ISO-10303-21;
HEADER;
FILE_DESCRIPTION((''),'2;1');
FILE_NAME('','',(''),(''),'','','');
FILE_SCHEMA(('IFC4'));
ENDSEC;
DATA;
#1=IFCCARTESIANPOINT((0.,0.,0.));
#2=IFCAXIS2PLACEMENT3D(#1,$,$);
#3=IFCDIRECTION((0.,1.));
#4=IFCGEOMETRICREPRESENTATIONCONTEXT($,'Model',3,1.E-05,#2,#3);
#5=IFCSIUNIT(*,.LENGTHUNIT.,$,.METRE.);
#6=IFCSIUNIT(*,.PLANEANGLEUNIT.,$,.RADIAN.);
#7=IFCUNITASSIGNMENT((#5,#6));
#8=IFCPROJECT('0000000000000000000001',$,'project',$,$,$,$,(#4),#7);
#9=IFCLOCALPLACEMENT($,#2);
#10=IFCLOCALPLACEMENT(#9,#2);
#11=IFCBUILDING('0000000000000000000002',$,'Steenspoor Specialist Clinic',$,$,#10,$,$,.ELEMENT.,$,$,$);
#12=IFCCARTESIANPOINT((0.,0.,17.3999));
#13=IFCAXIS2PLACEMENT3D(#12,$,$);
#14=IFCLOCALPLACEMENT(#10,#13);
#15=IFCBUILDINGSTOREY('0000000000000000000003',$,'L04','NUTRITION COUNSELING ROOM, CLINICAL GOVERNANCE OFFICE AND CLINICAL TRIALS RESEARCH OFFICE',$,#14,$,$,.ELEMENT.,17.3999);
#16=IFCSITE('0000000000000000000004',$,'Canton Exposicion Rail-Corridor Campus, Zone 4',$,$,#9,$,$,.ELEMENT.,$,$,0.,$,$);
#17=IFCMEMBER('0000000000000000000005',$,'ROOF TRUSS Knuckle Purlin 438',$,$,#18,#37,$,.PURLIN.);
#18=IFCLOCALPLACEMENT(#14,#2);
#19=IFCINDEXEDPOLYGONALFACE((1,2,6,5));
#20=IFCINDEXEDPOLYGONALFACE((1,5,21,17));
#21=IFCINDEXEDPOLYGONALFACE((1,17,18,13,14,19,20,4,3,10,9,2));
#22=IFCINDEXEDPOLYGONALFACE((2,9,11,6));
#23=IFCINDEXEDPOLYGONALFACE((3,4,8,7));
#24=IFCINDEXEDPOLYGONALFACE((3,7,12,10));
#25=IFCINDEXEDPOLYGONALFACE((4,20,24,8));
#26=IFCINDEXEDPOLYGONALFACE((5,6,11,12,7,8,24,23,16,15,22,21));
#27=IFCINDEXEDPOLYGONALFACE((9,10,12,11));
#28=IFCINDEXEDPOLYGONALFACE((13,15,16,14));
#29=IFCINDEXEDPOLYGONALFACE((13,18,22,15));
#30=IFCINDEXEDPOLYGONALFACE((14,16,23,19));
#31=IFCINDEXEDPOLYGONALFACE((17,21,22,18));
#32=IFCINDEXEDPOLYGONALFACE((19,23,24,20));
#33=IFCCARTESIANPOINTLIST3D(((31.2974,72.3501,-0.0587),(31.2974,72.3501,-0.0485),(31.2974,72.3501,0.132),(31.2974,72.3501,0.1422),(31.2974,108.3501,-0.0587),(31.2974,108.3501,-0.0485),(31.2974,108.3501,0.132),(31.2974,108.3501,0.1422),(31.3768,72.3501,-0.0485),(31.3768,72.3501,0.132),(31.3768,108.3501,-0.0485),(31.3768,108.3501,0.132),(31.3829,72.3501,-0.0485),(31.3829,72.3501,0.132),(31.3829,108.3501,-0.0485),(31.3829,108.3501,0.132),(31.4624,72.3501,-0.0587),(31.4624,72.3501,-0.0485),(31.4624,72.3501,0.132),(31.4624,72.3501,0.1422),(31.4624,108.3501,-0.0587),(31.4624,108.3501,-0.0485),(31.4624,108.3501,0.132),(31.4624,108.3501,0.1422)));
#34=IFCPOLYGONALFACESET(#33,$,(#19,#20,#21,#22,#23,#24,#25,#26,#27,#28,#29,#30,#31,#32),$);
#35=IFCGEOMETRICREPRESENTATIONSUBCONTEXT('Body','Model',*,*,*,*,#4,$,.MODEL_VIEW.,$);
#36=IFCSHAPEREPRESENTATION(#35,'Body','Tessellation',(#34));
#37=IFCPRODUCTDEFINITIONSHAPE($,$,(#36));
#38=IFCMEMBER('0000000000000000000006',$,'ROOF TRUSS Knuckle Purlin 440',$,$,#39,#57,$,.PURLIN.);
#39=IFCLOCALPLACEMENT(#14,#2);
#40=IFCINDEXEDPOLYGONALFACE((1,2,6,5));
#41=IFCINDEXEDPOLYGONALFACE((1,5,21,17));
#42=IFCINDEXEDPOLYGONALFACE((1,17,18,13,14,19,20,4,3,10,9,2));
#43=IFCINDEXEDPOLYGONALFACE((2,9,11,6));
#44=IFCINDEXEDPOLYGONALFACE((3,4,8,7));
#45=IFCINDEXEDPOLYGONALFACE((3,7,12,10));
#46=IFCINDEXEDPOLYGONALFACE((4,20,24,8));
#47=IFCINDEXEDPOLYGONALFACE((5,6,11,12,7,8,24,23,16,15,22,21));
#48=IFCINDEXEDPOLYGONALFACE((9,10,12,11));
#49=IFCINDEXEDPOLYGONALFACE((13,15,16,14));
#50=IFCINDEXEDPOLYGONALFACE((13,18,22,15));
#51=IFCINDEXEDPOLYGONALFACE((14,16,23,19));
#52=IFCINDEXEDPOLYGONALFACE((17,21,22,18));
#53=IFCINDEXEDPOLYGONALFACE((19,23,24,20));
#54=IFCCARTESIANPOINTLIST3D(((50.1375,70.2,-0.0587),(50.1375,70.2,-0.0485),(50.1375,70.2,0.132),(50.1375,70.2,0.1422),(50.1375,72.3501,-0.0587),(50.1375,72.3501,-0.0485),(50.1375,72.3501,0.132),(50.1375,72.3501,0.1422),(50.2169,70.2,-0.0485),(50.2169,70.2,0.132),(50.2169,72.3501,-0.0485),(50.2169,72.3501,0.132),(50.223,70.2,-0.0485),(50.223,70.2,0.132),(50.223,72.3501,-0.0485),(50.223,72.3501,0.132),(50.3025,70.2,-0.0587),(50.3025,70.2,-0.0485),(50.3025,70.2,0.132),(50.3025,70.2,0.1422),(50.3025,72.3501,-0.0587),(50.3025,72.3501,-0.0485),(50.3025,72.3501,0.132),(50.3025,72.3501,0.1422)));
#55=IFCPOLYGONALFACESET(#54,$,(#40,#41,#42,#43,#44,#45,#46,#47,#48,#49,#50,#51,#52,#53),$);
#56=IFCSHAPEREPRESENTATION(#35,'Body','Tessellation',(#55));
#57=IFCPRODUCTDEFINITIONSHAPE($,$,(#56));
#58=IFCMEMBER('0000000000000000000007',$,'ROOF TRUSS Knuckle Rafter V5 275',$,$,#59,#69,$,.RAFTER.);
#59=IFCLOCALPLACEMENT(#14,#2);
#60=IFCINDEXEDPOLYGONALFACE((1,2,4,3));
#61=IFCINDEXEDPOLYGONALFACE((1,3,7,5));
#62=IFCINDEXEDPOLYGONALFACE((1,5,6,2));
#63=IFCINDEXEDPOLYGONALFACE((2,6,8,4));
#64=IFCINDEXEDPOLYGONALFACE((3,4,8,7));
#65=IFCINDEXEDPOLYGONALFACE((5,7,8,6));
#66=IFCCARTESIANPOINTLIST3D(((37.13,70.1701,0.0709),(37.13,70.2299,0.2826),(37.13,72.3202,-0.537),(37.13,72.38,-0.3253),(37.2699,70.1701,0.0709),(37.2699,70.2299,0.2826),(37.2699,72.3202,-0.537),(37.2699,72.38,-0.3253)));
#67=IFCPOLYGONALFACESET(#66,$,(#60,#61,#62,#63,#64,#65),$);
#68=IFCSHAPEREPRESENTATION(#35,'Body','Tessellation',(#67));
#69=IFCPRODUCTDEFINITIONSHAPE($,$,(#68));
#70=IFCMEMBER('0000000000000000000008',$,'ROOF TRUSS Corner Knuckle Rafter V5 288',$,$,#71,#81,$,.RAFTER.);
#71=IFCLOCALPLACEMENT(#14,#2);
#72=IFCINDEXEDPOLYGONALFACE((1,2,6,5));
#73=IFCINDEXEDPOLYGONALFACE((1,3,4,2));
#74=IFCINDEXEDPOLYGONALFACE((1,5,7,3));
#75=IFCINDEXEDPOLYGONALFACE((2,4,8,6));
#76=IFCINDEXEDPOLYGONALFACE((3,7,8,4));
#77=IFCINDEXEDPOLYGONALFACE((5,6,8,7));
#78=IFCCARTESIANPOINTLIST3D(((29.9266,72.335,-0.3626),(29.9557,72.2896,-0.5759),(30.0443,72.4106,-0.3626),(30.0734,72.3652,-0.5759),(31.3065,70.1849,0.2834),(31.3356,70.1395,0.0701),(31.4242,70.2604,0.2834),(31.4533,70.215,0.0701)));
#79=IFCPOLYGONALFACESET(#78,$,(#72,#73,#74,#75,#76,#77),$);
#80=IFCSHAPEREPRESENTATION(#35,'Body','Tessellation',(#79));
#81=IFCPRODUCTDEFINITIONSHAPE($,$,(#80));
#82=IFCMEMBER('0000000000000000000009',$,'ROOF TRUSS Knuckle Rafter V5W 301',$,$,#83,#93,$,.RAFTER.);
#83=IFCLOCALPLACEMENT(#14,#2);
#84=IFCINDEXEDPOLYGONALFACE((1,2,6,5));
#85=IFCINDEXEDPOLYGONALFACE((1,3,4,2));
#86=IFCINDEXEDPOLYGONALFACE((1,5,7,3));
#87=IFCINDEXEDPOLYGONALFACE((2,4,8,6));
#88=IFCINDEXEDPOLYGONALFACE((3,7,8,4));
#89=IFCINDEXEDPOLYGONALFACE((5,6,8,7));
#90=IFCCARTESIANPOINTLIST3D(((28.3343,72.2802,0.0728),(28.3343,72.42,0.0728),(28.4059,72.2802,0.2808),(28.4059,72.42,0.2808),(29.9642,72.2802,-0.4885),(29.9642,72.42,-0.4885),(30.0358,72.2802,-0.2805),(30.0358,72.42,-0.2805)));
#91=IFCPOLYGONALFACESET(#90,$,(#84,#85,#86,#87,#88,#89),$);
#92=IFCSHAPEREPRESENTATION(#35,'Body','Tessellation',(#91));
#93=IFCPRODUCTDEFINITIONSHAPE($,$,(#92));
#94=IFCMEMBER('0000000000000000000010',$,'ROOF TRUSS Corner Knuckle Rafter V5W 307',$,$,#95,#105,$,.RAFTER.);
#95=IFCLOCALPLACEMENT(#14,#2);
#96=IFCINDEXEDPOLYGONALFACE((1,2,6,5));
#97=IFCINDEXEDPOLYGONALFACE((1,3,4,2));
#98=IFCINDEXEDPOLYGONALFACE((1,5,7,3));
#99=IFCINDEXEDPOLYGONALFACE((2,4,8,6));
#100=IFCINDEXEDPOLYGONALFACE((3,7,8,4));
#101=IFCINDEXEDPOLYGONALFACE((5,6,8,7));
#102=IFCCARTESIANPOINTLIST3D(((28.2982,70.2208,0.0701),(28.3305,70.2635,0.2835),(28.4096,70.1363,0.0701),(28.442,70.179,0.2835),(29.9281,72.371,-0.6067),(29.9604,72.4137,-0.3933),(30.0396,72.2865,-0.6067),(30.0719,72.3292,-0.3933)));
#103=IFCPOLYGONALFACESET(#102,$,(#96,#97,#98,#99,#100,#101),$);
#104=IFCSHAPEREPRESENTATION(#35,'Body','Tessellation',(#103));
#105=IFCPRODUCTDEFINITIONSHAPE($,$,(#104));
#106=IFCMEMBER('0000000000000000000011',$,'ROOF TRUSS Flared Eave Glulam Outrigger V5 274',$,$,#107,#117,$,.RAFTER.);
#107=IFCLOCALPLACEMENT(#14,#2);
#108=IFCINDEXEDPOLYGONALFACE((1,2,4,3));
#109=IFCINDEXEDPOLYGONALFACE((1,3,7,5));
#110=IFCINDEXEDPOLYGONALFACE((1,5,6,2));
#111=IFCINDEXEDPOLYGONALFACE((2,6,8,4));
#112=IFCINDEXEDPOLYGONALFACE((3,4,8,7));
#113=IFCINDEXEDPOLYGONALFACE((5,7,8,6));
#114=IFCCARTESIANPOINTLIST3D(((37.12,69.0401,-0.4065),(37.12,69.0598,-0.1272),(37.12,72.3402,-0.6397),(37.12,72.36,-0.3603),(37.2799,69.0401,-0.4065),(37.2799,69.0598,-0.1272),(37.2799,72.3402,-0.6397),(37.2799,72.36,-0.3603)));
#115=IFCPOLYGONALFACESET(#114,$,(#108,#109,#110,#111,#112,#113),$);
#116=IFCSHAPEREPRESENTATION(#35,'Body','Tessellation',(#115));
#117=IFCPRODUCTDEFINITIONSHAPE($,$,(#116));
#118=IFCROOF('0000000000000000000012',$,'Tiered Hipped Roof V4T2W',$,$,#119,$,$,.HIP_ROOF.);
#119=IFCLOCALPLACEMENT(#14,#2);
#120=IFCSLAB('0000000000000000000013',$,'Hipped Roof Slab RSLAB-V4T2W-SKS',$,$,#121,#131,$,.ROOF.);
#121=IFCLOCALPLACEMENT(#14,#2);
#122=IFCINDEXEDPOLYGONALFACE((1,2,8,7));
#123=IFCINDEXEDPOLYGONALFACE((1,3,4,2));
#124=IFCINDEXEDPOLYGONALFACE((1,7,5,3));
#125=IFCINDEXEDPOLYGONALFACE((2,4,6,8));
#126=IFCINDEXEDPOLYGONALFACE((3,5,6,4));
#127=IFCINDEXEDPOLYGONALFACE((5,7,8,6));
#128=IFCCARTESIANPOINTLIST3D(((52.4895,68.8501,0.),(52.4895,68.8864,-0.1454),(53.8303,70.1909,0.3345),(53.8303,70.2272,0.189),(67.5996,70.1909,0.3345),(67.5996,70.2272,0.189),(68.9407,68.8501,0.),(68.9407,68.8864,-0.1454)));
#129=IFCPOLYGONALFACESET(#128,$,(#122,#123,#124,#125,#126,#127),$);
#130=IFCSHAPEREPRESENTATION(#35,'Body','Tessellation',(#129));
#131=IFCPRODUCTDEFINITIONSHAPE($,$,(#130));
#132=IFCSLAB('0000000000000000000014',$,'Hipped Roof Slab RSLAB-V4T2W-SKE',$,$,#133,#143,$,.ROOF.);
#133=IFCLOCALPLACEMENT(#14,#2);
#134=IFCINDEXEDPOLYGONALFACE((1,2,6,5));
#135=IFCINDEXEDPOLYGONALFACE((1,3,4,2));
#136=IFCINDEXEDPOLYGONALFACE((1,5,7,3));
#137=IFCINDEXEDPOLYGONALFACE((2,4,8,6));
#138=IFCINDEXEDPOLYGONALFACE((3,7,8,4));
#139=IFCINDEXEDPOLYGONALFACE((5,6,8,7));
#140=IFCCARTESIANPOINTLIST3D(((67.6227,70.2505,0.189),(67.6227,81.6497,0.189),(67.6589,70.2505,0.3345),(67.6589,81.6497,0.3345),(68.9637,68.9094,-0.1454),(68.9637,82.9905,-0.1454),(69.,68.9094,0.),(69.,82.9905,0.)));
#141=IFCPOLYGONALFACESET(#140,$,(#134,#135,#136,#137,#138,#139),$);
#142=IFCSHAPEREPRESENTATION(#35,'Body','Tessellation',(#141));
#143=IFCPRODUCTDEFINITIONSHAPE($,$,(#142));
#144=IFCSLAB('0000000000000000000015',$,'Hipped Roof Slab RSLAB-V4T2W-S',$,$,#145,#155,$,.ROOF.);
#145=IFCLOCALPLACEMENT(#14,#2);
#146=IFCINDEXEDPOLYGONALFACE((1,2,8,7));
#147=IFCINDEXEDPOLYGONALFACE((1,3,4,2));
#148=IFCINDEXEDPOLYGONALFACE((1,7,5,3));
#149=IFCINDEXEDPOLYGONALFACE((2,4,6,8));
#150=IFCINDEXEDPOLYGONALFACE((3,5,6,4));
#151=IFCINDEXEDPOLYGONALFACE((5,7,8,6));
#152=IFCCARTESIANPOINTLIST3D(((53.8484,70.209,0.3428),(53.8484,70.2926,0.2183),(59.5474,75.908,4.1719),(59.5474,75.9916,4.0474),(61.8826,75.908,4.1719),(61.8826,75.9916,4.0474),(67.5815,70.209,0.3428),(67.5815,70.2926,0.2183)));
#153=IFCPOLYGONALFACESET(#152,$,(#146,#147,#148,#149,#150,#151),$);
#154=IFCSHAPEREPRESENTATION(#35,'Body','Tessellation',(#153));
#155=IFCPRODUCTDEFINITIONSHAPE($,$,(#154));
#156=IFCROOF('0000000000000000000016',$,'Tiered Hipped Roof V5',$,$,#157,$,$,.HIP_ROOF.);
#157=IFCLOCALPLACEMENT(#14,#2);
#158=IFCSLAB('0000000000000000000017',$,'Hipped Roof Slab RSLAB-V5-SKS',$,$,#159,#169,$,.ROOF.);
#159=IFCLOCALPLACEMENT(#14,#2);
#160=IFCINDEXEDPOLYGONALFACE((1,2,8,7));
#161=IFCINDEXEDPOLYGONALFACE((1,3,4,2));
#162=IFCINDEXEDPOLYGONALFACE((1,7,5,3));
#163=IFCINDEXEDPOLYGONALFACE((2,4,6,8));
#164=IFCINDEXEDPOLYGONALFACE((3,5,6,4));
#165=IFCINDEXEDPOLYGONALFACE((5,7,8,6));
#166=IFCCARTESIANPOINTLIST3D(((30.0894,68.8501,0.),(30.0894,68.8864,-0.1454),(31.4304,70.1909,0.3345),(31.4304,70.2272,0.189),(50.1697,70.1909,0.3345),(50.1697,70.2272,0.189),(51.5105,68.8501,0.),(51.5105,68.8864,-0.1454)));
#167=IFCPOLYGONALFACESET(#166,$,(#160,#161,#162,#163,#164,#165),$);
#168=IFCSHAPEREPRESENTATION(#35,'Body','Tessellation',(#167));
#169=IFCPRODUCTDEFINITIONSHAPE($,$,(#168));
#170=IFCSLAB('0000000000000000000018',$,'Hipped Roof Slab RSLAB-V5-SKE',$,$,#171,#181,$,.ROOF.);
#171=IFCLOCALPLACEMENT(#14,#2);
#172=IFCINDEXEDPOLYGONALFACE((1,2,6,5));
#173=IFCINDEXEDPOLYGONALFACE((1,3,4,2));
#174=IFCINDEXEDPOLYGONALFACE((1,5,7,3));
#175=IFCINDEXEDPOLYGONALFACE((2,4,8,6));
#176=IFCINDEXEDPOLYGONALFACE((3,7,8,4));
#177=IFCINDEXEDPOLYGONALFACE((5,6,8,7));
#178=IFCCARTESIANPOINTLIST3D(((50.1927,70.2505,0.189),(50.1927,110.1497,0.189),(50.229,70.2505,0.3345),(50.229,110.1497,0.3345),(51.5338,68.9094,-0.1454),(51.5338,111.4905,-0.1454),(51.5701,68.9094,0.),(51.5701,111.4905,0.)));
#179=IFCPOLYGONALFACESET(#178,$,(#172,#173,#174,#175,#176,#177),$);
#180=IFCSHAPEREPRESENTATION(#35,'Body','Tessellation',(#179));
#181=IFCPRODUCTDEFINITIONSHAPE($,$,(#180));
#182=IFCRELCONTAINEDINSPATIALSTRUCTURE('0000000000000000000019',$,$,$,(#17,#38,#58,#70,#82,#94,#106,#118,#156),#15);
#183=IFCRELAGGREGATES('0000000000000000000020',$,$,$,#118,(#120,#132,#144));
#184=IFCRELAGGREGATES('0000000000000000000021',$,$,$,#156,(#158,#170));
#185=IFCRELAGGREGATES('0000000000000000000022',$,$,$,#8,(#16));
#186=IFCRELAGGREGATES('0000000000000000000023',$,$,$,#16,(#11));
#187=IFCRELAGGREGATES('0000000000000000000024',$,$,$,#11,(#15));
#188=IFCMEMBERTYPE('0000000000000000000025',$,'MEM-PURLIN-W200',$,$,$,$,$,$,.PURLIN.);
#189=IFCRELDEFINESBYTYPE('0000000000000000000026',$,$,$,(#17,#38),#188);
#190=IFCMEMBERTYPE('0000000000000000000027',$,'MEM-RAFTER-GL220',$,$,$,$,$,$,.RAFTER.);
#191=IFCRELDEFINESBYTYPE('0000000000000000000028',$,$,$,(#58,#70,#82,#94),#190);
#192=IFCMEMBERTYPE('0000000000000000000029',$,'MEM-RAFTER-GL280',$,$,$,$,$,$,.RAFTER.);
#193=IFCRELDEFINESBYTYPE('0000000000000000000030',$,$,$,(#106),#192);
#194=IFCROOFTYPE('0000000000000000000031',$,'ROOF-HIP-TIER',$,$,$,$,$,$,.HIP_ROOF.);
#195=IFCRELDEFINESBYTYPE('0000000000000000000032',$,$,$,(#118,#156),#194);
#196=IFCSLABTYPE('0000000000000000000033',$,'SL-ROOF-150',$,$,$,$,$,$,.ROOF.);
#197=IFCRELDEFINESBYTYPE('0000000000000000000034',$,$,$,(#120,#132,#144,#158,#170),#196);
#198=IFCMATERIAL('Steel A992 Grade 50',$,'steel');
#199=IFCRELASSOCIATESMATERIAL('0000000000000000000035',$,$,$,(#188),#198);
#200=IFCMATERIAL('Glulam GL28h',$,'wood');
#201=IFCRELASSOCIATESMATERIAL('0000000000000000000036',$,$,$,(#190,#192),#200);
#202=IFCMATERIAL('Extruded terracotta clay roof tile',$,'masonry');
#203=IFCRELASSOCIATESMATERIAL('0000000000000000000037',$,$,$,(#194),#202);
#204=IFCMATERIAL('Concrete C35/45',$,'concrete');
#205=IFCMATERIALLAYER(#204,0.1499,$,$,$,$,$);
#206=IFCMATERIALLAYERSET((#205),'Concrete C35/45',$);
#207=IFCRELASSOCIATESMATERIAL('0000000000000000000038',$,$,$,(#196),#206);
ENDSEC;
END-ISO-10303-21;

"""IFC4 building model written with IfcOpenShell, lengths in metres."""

from ifc_helpers import new_model, si_unit, direction, frame, origin, origin_2d, place, context, subcontext, project, spatial, polyline, rectangle, i_section, outline, extrude, material, layer, layer_set, material_profile, profile_set, type_object, element, aggregate, save


model = new_model("IFC4")

# Units and contexts
model_context = context("Model", 3, precision=1e-05, world=origin(), true_north=direction((0.0, 1.0)))
body_context = subcontext(model_context, "Body", "Model", "MODEL_VIEW")
ifc_project = project(units=[si_unit("LENGTHUNIT", "METRE"), si_unit("PLANEANGLEUNIT", "RADIAN")], contexts=[model_context])

# Site, building, storey
site_placement = place(None, origin())
site = spatial("IfcSite", under=ifc_project, at=site_placement, Name="Canton Exposicion Rail-Corridor Campus, Zone 4", CompositionType="ELEMENT", RefElevation=0.0)
building_placement = place(site_placement, origin())
building = spatial("IfcBuilding", under=site, at=building_placement, Name="Steenspoor Specialist Clinic", CompositionType="ELEMENT")
storey_placement = place(building_placement, frame((0.0, 0.0, 17.3999)))
storey = spatial("IfcBuildingStorey", under=building, at=storey_placement, Name="L04", Description="NUTRITION COUNSELING ROOM, CLINICAL GOVERNANCE OFFICE AND CLINICAL TRIALS RESEARCH OFFICE", CompositionType="ELEMENT", Elevation=17.3999)

# Members
ifc_material_1 = material(Name="Steel A992 Grade 50", Category="steel")
ifc_material_profile_1 = material_profile(ifc_material_1, i_section(OverallWidth=0.165, OverallDepth=0.2009, WebThickness=0.0061, FlangeThickness=0.0103, at=origin_2d()), Name="W200X36")
ifc_profile_set_1 = profile_set([ifc_material_profile_1], Name="Steel A992 Grade 50")
member_type_1 = type_object("IfcMemberType", Name="MEM-PURLIN-W200", PredefinedType="PURLIN", material=ifc_profile_set_1)
member_1_placement = place(storey_placement, frame((31.3799, 72.3501, 0.0417), z_axis=(0.0, 1.0, 0.0), x_axis=(-1.0, 0.0, 0.0)))
element("IfcMember", 1, at=member_1_placement, inside=storey, type_object=member_type_1, Name="ROOF TRUSS Knuckle Purlin 438", PredefinedType="PURLIN", context=body_context, shape_type="SweptSolid", body=[
    extrude(i_section(OverallWidth=0.165, OverallDepth=0.2009, WebThickness=0.0061, FlangeThickness=0.0103, at=origin_2d()), origin(), (0.0, 0.0, 1.0), 36.0),
])
member_2_placement = place(storey_placement, frame((50.22, 70.2, 0.0417), z_axis=(0.0, 1.0, 0.0), x_axis=(-1.0, 0.0, 0.0)))
element("IfcMember", 2, at=member_2_placement, inside=storey, type_object=member_type_1, Name="ROOF TRUSS Knuckle Purlin 440", PredefinedType="PURLIN", context=body_context, shape_type="SweptSolid", body=[
    extrude(i_section(OverallWidth=0.165, OverallDepth=0.2009, WebThickness=0.0061, FlangeThickness=0.0103, at=origin_2d()), origin(), (0.0, 0.0, 1.0), 2.1501),
])
ifc_material_2 = material(Name="Glulam GL28h", Category="wood")
ifc_material_profile_2 = material_profile(ifc_material_2, rectangle(XDim=0.1399, YDim=0.22, at=origin_2d()), Name="GL28H-140X220")
ifc_profile_set_2 = profile_set([ifc_material_profile_2], Name="Glulam GL28h")
member_type_2 = type_object("IfcMemberType", Name="MEM-RAFTER-GL220", PredefinedType="RAFTER", material=ifc_profile_set_2)
member_3_placement = place(storey_placement, frame((37.2, 72.3501, -0.4312), z_axis=(0.0, -0.962279, 0.272065), x_axis=(1.0, 0.0, 0.0)))
element("IfcMember", 3, at=member_3_placement, inside=storey, type_object=member_type_2, Name="ROOF TRUSS Knuckle Rafter V5 275", PredefinedType="RAFTER", context=body_context, shape_type="SweptSolid", body=[
    extrude(rectangle(XDim=0.1399, YDim=0.22, at=origin_2d()), origin(), (0.0, 0.0, 1.0), 2.2344),
])
member_4_placement = place(storey_placement, frame((30.0, 72.3501, -0.4692), z_axis=(0.523626, -0.815919, 0.245137), x_axis=(0.841597, 0.540105, 0.0)))
element("IfcMember", 4, at=member_4_placement, inside=storey, type_object=member_type_2, Name="ROOF TRUSS Corner Knuckle Rafter V5 288", PredefinedType="RAFTER", context=body_context, shape_type="SweptSolid", body=[
    extrude(rectangle(XDim=0.1399, YDim=0.22, at=origin_2d()), origin(), (0.0, 0.0, 1.0), 2.6353),
])
member_5_placement = place(storey_placement, frame((30.0, 72.3501, -0.3845), z_axis=(-0.945507, 0.0, 0.325602), x_axis=(0.0, -1.0, 0.0)))
element("IfcMember", 5, at=member_5_placement, inside=storey, type_object=member_type_2, Name="ROOF TRUSS Knuckle Rafter V5W 301", PredefinedType="RAFTER", context=body_context, shape_type="SweptSolid", body=[
    extrude(rectangle(XDim=0.1399, YDim=0.22, at=origin_2d()), origin(), (0.0, 0.0, 1.0), 1.7239),
])
member_6_placement = place(storey_placement, frame((30.0, 72.3501, -0.5), z_axis=(-0.585938, -0.772972, 0.243293), x_axis=(0.796917, -0.604089, 0.0)))
element("IfcMember", 6, at=member_6_placement, inside=storey, type_object=member_type_2, Name="ROOF TRUSS Corner Knuckle Rafter V5W 307", PredefinedType="RAFTER", context=body_context, shape_type="SweptSolid", body=[
    extrude(rectangle(XDim=0.1399, YDim=0.22, at=origin_2d()), origin(), (0.0, 0.0, 1.0), 2.7817),
])
ifc_material_profile_3 = material_profile(ifc_material_2, rectangle(XDim=0.1599, YDim=0.28, at=origin_2d()), Name="GL28H-160X280")
ifc_profile_set_3 = profile_set([ifc_material_profile_3], Name="Glulam GL28h")
member_type_3 = type_object("IfcMemberType", Name="MEM-RAFTER-GL280", PredefinedType="RAFTER", material=ifc_profile_set_3)
member_7_placement = place(storey_placement, frame((37.2, 72.3501, -0.5), z_axis=(0.0, -0.997513, 0.070476), x_axis=(1.0, 0.0, 0.0)))
element("IfcMember", 7, at=member_7_placement, inside=storey, type_object=member_type_3, Name="ROOF TRUSS Flared Eave Glulam Outrigger V5 274", PredefinedType="RAFTER", context=body_context, shape_type="SweptSolid", body=[
    extrude(rectangle(XDim=0.1599, YDim=0.28, at=origin_2d()), origin(), (0.0, 0.0, 1.0), 3.3083),
])

# Roofs, slabs
ifc_material_3 = material(Name="Extruded terracotta clay roof tile", Category="masonry")
roof_type = type_object("IfcRoofType", Name="ROOF-HIP-TIER", PredefinedType="HIP_ROOF", material=ifc_material_3)
roof_1_placement = place(storey_placement, origin())
roof_1 = element("IfcRoof", 8, at=roof_1_placement, inside=storey, type_object=roof_type, Name="Tiered Hipped Roof V4T2W", PredefinedType="HIP_ROOF")
ifc_material_4 = material(Name="Concrete C35/45", Category="concrete")
ifc_layer_1 = layer(ifc_material_4, 0.1499)
ifc_layer_set_1 = layer_set([ifc_layer_1], Name="Concrete C35/45")
slab_type = type_object("IfcSlabType", Name="SL-ROOF-150", PredefinedType="ROOF", material=ifc_layer_set_1)
slab_1_placement = place(storey_placement, frame((53.8303, 70.1909, 0.3345), z_axis=(0.0, -0.242037, 0.970267), x_axis=(-0.696357, -0.696357, -0.173709)))
slab_1 = element("IfcSlab", 9, at=slab_1_placement, type_object=slab_type, Name="Hipped Roof Slab RSLAB-V4T2W-SKS", PredefinedType="ROOF", context=body_context, shape_type="SweptSolid", body=[
    extrude(outline(polyline([(0.0, 0.0), (1.9255, 0.0), (-9.5304, 11.8069), (-9.5883, 9.8822), (0.0, 0.0)])), origin(), (0.0, 0.0, -1.0), 0.1499),
])
slab_2_placement = place(storey_placement, frame((67.6589, 70.2505, 0.3345), z_axis=(0.241995, 0.0, 0.970277), x_axis=(0.696361, -0.696361, -0.173678)))
slab_2 = element("IfcSlab", 10, at=slab_2_placement, type_object=slab_type, Name="Hipped Roof Slab RSLAB-V4T2W-SKE", PredefinedType="ROOF", context=body_context, shape_type="SweptSolid", body=[
    extrude(outline(polyline([(0.0, 0.0), (1.9258, 0.0), (-7.8797, 10.1059), (-7.9379, 8.1811), (0.0, 0.0)])), origin(), (0.0, 0.0, -1.0), 0.1499),
])
slab_3_placement = place(storey_placement, frame((67.5815, 70.209, 0.3428), z_axis=(0.0, -0.5577, 0.830043), x_axis=(-0.638689, 0.638689, 0.429131)))
slab_3 = element("IfcSlab", 11, at=slab_3_placement, type_object=slab_type, Name="Hipped Roof Slab RSLAB-V4T2W-S", PredefinedType="ROOF", context=body_context, shape_type="SweptSolid", body=[
    extrude(outline(polyline([(0.0, 0.0), (8.9229, 0.0), (10.4144, 1.7969), (8.7712, 10.5672), (0.0, 0.0)])), origin(), (0.0, 0.0, -1.0), 0.1499),
])
aggregate(roof_1, [slab_1, slab_2, slab_3])
roof_2_placement = place(storey_placement, origin())
roof_2 = element("IfcRoof", 12, at=roof_2_placement, inside=storey, type_object=roof_type, Name="Tiered Hipped Roof V5", PredefinedType="HIP_ROOF")
slab_4_placement = place(storey_placement, frame((31.4304, 70.1909, 0.3345), z_axis=(0.0, -0.242037, 0.970267), x_axis=(-0.696422, -0.696295, -0.173693)))
slab_4 = element("IfcSlab", 13, at=slab_4_placement, type_object=slab_type, Name="Hipped Roof Slab RSLAB-V5-SKS", PredefinedType="ROOF", context=body_context, shape_type="SweptSolid", body=[
    extrude(outline(polyline([(0.0, 0.0), (1.9256, 0.0), (-12.9925, 15.3725), (-13.0504, 13.4479), (0.0, 0.0)])), origin(), (0.0, 0.0, -1.0), 0.1499),
])
slab_5_placement = place(storey_placement, frame((50.229, 70.2505, 0.3345), z_axis=(0.241995, 0.0, 0.970277), x_axis=(0.696361, -0.696361, -0.173678)))
slab_5 = element("IfcSlab", 14, at=slab_5_placement, type_object=slab_type, Name="Hipped Roof Slab RSLAB-V5-SKE", PredefinedType="ROOF", context=body_context, shape_type="SweptSolid", body=[
    extrude(outline(polyline([(0.0, 0.0), (1.9258, 0.0), (-27.7259, 30.5601), (-27.7842, 28.6353), (0.0, 0.0)])), origin(), (0.0, 0.0, -1.0), 0.1499),
])
aggregate(roof_2, [slab_4, slab_5])

save(model, "model.ifc")
